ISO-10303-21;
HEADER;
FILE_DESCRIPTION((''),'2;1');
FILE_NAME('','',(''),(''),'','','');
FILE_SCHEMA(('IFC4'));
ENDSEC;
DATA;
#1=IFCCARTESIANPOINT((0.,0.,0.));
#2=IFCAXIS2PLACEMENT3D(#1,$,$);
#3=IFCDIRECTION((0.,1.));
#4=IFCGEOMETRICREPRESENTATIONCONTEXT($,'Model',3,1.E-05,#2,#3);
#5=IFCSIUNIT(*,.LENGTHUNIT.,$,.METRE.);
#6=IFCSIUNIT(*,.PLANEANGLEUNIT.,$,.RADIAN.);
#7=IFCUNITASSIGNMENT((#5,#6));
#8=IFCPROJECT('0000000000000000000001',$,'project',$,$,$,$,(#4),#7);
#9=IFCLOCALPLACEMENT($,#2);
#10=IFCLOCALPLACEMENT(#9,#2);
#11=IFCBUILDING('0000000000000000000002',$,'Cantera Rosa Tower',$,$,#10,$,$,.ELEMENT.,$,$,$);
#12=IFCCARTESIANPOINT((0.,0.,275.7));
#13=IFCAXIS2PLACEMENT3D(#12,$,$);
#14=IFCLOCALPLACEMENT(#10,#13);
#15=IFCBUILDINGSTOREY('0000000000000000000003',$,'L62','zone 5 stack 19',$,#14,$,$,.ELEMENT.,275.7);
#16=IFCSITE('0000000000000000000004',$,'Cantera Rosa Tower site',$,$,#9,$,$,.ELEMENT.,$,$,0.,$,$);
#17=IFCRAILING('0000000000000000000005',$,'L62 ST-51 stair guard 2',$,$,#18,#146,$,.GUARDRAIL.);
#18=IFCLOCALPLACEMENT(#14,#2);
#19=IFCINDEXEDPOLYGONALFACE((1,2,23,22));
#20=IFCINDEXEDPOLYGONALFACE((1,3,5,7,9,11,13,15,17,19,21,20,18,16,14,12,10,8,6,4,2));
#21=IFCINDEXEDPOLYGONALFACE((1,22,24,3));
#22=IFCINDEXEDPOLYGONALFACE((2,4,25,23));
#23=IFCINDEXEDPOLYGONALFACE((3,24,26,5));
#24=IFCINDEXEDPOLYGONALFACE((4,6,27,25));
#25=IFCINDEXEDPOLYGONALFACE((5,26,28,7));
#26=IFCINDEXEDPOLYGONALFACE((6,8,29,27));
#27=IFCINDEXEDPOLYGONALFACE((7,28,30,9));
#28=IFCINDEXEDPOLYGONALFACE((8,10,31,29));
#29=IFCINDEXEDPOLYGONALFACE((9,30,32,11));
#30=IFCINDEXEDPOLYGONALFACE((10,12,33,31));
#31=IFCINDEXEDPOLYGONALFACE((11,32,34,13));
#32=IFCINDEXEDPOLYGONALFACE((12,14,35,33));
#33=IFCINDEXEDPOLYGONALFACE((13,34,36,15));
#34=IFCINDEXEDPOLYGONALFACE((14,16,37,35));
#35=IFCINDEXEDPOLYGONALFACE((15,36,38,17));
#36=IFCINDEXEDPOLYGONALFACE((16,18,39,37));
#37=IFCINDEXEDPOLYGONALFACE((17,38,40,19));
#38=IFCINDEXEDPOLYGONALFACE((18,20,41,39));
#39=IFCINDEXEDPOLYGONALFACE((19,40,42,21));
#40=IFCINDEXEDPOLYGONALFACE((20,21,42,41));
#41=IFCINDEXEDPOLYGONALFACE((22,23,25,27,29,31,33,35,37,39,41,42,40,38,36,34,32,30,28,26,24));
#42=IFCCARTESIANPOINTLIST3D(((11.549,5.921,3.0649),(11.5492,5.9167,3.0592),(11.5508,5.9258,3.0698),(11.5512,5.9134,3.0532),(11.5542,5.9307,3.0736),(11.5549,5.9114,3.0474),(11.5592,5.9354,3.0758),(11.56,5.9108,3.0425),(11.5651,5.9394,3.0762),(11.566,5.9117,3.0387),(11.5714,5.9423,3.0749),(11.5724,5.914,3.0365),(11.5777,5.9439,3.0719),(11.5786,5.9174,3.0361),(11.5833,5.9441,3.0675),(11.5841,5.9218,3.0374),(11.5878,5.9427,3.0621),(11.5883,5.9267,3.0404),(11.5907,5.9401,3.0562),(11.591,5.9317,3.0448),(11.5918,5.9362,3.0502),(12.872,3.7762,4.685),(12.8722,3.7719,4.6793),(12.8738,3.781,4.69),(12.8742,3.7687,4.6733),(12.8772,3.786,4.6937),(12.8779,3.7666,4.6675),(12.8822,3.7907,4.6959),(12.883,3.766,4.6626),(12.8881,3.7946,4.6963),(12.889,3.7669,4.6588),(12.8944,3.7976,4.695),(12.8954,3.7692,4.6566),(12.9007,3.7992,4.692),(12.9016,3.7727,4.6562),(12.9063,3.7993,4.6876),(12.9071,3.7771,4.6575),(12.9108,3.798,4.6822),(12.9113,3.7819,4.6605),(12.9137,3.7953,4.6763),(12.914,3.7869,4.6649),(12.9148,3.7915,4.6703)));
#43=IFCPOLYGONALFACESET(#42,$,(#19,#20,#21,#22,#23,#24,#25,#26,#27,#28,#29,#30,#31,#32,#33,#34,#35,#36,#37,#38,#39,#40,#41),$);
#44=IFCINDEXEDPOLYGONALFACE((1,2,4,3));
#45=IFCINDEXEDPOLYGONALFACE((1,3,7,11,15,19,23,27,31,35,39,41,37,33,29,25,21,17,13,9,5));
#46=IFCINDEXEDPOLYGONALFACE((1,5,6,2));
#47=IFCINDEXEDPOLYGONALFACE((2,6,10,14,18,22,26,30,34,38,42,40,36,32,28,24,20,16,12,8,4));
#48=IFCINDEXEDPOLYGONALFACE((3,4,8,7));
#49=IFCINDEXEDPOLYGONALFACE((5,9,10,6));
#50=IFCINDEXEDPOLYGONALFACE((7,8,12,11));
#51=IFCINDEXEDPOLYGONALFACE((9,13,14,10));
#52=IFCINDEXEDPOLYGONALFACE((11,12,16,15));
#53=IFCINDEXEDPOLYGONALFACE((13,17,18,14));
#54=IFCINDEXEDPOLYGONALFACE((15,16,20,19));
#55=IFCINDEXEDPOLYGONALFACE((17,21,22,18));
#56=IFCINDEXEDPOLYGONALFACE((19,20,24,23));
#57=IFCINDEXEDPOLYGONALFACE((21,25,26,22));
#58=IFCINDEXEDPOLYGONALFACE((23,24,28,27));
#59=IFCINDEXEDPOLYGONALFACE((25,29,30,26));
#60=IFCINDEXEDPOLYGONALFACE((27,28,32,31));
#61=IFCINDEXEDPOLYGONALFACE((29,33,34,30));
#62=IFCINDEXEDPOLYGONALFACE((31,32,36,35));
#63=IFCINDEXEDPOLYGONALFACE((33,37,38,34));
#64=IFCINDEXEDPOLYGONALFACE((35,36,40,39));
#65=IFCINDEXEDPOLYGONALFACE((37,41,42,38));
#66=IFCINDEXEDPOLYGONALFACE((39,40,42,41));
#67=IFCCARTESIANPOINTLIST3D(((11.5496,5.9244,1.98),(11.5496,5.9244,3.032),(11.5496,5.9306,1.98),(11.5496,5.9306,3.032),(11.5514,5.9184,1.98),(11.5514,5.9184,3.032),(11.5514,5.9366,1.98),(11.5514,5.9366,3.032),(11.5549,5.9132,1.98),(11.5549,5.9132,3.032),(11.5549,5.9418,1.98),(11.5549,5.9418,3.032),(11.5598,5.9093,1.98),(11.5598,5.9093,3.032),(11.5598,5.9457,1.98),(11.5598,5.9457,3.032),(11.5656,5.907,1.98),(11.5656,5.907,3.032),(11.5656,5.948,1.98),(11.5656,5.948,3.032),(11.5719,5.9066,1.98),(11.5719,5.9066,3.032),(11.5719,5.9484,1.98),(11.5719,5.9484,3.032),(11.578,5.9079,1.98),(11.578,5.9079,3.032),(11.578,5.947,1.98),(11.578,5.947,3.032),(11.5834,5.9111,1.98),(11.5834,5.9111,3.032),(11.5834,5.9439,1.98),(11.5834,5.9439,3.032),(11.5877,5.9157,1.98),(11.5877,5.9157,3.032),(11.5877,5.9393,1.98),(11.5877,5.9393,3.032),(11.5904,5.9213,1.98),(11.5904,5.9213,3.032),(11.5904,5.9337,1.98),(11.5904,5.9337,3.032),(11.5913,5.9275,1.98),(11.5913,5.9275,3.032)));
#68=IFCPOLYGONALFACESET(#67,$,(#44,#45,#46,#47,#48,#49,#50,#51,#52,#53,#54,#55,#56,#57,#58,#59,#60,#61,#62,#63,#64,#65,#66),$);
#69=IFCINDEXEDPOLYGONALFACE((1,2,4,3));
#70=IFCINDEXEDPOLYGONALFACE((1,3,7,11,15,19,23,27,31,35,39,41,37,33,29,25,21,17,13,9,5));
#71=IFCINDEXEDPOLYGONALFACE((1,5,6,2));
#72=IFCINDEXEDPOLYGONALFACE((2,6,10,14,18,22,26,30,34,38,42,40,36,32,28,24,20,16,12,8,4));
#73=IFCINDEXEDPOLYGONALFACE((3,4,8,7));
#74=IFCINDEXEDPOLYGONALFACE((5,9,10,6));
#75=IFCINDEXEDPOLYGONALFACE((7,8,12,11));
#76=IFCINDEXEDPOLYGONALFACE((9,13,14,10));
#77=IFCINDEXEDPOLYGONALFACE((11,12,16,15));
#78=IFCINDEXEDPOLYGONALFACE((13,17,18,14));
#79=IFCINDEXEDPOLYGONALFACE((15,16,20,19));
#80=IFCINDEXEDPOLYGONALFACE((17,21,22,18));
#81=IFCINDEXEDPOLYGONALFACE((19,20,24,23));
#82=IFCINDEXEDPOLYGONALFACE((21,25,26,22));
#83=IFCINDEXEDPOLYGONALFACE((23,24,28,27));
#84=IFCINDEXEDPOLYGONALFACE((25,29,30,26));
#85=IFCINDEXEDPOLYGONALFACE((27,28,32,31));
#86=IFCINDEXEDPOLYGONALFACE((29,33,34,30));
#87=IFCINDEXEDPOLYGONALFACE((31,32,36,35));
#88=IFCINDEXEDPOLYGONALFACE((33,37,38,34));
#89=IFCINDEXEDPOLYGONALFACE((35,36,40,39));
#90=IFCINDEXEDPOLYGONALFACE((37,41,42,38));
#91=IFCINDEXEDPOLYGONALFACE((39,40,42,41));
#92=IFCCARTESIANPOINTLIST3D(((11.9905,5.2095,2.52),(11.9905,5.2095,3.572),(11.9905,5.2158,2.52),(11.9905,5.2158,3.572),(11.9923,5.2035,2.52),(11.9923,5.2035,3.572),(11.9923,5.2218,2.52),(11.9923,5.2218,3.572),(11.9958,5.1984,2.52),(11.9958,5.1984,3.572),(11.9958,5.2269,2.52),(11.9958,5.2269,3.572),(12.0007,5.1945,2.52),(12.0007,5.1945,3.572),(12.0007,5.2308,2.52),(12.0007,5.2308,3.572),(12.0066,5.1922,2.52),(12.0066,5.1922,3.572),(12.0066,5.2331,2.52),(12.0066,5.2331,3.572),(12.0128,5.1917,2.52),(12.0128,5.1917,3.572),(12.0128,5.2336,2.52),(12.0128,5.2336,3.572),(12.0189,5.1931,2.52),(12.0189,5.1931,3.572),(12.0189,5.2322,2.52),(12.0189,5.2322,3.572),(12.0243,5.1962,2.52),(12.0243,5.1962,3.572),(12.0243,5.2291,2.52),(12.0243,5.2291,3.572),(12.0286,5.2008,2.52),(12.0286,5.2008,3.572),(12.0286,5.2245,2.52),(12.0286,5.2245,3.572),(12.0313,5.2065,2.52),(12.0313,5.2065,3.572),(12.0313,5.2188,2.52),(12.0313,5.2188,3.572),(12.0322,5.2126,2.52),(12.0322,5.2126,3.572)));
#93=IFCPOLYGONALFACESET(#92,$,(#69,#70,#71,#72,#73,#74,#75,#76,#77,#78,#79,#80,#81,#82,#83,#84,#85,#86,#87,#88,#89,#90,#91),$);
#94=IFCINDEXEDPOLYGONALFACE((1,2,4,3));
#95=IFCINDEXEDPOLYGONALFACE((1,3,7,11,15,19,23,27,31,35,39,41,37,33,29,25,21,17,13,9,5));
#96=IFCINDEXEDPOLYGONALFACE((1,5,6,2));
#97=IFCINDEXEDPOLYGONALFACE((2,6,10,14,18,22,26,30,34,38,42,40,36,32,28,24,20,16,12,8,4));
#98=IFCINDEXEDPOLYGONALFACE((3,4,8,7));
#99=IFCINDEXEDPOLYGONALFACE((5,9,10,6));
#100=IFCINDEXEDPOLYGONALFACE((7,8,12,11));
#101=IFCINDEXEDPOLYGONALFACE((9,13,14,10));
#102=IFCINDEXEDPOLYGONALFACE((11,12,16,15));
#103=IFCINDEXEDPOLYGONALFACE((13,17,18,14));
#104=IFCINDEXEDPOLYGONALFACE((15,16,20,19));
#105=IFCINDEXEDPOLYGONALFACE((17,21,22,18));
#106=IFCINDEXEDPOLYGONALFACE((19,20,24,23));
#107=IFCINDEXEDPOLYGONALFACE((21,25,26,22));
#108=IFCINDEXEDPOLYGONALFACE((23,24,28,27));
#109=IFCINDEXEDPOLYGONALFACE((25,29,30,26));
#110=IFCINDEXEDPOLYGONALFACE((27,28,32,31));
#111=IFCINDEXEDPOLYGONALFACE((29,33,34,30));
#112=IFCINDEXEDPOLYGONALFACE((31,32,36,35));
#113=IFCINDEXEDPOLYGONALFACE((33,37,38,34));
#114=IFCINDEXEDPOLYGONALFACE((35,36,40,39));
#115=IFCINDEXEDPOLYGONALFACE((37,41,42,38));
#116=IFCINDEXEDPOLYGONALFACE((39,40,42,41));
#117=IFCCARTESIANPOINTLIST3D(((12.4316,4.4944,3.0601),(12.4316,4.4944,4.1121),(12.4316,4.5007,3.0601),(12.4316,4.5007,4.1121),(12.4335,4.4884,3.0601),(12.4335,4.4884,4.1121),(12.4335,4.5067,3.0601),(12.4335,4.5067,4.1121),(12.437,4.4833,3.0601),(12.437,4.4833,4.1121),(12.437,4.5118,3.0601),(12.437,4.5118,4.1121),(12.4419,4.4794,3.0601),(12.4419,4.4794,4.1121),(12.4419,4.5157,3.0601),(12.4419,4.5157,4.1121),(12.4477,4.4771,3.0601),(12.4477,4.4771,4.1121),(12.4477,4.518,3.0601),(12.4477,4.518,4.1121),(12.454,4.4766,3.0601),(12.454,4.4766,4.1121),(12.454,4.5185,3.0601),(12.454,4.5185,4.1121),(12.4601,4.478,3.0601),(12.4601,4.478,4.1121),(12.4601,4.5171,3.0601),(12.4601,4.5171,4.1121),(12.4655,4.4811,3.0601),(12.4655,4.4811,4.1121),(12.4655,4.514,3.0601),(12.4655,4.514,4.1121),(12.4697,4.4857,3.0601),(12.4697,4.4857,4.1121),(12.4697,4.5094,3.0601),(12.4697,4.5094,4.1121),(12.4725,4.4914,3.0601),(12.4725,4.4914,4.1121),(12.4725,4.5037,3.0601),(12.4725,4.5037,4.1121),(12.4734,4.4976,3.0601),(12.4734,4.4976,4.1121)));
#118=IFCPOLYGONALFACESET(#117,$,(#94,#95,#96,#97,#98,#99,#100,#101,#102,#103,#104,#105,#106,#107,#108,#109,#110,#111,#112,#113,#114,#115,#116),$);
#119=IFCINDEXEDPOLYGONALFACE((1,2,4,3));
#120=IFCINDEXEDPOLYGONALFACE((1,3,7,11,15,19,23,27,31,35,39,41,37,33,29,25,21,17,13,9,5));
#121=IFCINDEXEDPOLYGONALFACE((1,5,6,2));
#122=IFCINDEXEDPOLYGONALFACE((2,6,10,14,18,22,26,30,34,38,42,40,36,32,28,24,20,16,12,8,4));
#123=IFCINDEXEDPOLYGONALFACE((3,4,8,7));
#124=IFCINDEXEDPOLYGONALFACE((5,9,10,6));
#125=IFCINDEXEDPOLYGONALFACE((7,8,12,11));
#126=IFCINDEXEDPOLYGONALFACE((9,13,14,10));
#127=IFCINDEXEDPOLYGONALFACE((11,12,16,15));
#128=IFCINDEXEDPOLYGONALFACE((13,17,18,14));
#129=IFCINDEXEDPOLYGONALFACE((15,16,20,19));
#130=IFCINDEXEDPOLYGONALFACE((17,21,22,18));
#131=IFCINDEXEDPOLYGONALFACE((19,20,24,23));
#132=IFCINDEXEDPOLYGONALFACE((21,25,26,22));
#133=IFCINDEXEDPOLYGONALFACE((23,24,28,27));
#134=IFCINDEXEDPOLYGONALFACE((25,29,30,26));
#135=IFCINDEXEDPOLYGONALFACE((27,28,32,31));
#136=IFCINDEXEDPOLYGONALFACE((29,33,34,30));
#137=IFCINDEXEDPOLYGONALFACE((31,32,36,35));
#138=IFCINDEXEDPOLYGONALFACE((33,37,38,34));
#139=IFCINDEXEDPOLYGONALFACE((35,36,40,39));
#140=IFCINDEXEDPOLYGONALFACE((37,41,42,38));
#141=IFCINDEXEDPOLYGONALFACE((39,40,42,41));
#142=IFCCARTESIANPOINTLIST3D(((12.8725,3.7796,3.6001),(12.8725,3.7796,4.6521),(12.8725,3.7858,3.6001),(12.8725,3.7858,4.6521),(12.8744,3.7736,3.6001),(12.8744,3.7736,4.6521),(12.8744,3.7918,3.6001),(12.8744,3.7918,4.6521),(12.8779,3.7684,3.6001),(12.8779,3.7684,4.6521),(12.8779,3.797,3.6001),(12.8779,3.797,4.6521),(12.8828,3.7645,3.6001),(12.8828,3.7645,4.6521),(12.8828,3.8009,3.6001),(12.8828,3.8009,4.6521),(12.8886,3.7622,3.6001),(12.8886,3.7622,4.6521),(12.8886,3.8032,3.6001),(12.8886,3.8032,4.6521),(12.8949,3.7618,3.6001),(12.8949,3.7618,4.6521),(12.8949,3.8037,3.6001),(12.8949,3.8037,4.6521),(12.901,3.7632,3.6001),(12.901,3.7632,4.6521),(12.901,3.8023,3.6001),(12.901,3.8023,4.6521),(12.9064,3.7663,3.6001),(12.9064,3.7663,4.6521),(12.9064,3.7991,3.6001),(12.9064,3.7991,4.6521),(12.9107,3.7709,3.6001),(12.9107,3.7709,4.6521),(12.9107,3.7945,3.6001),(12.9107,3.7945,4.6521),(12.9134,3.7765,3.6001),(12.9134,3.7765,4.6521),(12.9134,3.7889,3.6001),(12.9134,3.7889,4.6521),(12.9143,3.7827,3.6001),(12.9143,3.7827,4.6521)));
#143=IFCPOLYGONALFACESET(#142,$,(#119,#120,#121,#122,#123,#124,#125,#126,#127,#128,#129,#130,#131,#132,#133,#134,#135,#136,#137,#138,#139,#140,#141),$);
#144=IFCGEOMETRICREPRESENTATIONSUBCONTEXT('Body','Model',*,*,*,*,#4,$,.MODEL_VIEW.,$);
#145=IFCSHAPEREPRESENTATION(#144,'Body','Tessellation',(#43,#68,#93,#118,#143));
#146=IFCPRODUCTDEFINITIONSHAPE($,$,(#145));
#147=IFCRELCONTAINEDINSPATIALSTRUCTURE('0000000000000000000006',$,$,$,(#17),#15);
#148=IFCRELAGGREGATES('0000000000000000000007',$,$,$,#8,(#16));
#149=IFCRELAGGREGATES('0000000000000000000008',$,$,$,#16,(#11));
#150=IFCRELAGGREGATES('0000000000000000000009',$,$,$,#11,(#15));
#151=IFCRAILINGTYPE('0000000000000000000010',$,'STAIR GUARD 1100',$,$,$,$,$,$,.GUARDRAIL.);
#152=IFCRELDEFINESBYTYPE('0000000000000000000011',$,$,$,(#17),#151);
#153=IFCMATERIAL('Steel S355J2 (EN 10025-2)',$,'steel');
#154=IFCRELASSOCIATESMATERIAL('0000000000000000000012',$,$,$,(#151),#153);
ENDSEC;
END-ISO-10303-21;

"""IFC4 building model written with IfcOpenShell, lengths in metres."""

from ifc_helpers import new_model, si_unit, direction, frame, origin, origin_2d, place, context, subcontext, project, spatial, circle, extrude, material, type_object, element, save


model = new_model("IFC4")

# Units and contexts
model_context = context("Model", 3, precision=1e-05, world=origin(), true_north=direction((0.0, 1.0)))
body_context = subcontext(model_context, "Body", "Model", "MODEL_VIEW")
ifc_project = project(units=[si_unit("LENGTHUNIT", "METRE"), si_unit("PLANEANGLEUNIT", "RADIAN")], contexts=[model_context])

# Site, building, storey
site_placement = place(None, origin())
site = spatial("IfcSite", under=ifc_project, at=site_placement, Name="Cantera Rosa Tower site", CompositionType="ELEMENT", RefElevation=0.0)
building_placement = place(site_placement, origin())
building = spatial("IfcBuilding", under=site, at=building_placement, Name="Cantera Rosa Tower", CompositionType="ELEMENT")
storey_placement = place(building_placement, frame((0.0, 0.0, 275.7)))
storey = spatial("IfcBuildingStorey", under=building, at=storey_placement, Name="L62", Description="zone 5 stack 19", CompositionType="ELEMENT", Elevation=275.7)

# Railing
ifc_material_1 = material(Name="Steel S355J2 (EN 10025-2)", Category="steel")
railing_type_1 = type_object("IfcRailingType", Name="STAIR GUARD 1100", PredefinedType="GUARDRAIL", material=ifc_material_1)
railing_1_placement = place(storey_placement, frame((11.5703, 5.9275, 1.98)))
element("IfcRailing", 1, at=railing_1_placement, inside=storey, type_object=railing_type_1, Name="L62 ST-51 stair guard 2", PredefinedType="GUARDRAIL", context=body_context, shape_type="SweptSolid", body=[
    extrude(circle(Radius=0.0239, at=origin_2d()), frame((0.0, 0.0, 1.0762), z_axis=(0.441609, -0.715914, 0.540786), x_axis=(0.851102, 0.525, 0.0)), (0.0, 0.0, 1.0), 2.9958),
    extrude(circle(Radius=0.021, at=origin_2d()), origin(), (0.0, 0.0, 1.0), 1.052),
    extrude(circle(Radius=0.021, at=origin_2d()), frame((0.4409, -0.7148, 0.54)), (0.0, 0.0, 1.0), 1.052),
    extrude(circle(Radius=0.021, at=origin_2d()), frame((0.8821, -1.4299, 1.0801)), (0.0, 0.0, 1.0), 1.052),
    extrude(circle(Radius=0.021, at=origin_2d()), frame((1.323, -2.1448, 1.6201)), (0.0, 0.0, 1.0), 1.052),
])

save(model, "model.ifc")
